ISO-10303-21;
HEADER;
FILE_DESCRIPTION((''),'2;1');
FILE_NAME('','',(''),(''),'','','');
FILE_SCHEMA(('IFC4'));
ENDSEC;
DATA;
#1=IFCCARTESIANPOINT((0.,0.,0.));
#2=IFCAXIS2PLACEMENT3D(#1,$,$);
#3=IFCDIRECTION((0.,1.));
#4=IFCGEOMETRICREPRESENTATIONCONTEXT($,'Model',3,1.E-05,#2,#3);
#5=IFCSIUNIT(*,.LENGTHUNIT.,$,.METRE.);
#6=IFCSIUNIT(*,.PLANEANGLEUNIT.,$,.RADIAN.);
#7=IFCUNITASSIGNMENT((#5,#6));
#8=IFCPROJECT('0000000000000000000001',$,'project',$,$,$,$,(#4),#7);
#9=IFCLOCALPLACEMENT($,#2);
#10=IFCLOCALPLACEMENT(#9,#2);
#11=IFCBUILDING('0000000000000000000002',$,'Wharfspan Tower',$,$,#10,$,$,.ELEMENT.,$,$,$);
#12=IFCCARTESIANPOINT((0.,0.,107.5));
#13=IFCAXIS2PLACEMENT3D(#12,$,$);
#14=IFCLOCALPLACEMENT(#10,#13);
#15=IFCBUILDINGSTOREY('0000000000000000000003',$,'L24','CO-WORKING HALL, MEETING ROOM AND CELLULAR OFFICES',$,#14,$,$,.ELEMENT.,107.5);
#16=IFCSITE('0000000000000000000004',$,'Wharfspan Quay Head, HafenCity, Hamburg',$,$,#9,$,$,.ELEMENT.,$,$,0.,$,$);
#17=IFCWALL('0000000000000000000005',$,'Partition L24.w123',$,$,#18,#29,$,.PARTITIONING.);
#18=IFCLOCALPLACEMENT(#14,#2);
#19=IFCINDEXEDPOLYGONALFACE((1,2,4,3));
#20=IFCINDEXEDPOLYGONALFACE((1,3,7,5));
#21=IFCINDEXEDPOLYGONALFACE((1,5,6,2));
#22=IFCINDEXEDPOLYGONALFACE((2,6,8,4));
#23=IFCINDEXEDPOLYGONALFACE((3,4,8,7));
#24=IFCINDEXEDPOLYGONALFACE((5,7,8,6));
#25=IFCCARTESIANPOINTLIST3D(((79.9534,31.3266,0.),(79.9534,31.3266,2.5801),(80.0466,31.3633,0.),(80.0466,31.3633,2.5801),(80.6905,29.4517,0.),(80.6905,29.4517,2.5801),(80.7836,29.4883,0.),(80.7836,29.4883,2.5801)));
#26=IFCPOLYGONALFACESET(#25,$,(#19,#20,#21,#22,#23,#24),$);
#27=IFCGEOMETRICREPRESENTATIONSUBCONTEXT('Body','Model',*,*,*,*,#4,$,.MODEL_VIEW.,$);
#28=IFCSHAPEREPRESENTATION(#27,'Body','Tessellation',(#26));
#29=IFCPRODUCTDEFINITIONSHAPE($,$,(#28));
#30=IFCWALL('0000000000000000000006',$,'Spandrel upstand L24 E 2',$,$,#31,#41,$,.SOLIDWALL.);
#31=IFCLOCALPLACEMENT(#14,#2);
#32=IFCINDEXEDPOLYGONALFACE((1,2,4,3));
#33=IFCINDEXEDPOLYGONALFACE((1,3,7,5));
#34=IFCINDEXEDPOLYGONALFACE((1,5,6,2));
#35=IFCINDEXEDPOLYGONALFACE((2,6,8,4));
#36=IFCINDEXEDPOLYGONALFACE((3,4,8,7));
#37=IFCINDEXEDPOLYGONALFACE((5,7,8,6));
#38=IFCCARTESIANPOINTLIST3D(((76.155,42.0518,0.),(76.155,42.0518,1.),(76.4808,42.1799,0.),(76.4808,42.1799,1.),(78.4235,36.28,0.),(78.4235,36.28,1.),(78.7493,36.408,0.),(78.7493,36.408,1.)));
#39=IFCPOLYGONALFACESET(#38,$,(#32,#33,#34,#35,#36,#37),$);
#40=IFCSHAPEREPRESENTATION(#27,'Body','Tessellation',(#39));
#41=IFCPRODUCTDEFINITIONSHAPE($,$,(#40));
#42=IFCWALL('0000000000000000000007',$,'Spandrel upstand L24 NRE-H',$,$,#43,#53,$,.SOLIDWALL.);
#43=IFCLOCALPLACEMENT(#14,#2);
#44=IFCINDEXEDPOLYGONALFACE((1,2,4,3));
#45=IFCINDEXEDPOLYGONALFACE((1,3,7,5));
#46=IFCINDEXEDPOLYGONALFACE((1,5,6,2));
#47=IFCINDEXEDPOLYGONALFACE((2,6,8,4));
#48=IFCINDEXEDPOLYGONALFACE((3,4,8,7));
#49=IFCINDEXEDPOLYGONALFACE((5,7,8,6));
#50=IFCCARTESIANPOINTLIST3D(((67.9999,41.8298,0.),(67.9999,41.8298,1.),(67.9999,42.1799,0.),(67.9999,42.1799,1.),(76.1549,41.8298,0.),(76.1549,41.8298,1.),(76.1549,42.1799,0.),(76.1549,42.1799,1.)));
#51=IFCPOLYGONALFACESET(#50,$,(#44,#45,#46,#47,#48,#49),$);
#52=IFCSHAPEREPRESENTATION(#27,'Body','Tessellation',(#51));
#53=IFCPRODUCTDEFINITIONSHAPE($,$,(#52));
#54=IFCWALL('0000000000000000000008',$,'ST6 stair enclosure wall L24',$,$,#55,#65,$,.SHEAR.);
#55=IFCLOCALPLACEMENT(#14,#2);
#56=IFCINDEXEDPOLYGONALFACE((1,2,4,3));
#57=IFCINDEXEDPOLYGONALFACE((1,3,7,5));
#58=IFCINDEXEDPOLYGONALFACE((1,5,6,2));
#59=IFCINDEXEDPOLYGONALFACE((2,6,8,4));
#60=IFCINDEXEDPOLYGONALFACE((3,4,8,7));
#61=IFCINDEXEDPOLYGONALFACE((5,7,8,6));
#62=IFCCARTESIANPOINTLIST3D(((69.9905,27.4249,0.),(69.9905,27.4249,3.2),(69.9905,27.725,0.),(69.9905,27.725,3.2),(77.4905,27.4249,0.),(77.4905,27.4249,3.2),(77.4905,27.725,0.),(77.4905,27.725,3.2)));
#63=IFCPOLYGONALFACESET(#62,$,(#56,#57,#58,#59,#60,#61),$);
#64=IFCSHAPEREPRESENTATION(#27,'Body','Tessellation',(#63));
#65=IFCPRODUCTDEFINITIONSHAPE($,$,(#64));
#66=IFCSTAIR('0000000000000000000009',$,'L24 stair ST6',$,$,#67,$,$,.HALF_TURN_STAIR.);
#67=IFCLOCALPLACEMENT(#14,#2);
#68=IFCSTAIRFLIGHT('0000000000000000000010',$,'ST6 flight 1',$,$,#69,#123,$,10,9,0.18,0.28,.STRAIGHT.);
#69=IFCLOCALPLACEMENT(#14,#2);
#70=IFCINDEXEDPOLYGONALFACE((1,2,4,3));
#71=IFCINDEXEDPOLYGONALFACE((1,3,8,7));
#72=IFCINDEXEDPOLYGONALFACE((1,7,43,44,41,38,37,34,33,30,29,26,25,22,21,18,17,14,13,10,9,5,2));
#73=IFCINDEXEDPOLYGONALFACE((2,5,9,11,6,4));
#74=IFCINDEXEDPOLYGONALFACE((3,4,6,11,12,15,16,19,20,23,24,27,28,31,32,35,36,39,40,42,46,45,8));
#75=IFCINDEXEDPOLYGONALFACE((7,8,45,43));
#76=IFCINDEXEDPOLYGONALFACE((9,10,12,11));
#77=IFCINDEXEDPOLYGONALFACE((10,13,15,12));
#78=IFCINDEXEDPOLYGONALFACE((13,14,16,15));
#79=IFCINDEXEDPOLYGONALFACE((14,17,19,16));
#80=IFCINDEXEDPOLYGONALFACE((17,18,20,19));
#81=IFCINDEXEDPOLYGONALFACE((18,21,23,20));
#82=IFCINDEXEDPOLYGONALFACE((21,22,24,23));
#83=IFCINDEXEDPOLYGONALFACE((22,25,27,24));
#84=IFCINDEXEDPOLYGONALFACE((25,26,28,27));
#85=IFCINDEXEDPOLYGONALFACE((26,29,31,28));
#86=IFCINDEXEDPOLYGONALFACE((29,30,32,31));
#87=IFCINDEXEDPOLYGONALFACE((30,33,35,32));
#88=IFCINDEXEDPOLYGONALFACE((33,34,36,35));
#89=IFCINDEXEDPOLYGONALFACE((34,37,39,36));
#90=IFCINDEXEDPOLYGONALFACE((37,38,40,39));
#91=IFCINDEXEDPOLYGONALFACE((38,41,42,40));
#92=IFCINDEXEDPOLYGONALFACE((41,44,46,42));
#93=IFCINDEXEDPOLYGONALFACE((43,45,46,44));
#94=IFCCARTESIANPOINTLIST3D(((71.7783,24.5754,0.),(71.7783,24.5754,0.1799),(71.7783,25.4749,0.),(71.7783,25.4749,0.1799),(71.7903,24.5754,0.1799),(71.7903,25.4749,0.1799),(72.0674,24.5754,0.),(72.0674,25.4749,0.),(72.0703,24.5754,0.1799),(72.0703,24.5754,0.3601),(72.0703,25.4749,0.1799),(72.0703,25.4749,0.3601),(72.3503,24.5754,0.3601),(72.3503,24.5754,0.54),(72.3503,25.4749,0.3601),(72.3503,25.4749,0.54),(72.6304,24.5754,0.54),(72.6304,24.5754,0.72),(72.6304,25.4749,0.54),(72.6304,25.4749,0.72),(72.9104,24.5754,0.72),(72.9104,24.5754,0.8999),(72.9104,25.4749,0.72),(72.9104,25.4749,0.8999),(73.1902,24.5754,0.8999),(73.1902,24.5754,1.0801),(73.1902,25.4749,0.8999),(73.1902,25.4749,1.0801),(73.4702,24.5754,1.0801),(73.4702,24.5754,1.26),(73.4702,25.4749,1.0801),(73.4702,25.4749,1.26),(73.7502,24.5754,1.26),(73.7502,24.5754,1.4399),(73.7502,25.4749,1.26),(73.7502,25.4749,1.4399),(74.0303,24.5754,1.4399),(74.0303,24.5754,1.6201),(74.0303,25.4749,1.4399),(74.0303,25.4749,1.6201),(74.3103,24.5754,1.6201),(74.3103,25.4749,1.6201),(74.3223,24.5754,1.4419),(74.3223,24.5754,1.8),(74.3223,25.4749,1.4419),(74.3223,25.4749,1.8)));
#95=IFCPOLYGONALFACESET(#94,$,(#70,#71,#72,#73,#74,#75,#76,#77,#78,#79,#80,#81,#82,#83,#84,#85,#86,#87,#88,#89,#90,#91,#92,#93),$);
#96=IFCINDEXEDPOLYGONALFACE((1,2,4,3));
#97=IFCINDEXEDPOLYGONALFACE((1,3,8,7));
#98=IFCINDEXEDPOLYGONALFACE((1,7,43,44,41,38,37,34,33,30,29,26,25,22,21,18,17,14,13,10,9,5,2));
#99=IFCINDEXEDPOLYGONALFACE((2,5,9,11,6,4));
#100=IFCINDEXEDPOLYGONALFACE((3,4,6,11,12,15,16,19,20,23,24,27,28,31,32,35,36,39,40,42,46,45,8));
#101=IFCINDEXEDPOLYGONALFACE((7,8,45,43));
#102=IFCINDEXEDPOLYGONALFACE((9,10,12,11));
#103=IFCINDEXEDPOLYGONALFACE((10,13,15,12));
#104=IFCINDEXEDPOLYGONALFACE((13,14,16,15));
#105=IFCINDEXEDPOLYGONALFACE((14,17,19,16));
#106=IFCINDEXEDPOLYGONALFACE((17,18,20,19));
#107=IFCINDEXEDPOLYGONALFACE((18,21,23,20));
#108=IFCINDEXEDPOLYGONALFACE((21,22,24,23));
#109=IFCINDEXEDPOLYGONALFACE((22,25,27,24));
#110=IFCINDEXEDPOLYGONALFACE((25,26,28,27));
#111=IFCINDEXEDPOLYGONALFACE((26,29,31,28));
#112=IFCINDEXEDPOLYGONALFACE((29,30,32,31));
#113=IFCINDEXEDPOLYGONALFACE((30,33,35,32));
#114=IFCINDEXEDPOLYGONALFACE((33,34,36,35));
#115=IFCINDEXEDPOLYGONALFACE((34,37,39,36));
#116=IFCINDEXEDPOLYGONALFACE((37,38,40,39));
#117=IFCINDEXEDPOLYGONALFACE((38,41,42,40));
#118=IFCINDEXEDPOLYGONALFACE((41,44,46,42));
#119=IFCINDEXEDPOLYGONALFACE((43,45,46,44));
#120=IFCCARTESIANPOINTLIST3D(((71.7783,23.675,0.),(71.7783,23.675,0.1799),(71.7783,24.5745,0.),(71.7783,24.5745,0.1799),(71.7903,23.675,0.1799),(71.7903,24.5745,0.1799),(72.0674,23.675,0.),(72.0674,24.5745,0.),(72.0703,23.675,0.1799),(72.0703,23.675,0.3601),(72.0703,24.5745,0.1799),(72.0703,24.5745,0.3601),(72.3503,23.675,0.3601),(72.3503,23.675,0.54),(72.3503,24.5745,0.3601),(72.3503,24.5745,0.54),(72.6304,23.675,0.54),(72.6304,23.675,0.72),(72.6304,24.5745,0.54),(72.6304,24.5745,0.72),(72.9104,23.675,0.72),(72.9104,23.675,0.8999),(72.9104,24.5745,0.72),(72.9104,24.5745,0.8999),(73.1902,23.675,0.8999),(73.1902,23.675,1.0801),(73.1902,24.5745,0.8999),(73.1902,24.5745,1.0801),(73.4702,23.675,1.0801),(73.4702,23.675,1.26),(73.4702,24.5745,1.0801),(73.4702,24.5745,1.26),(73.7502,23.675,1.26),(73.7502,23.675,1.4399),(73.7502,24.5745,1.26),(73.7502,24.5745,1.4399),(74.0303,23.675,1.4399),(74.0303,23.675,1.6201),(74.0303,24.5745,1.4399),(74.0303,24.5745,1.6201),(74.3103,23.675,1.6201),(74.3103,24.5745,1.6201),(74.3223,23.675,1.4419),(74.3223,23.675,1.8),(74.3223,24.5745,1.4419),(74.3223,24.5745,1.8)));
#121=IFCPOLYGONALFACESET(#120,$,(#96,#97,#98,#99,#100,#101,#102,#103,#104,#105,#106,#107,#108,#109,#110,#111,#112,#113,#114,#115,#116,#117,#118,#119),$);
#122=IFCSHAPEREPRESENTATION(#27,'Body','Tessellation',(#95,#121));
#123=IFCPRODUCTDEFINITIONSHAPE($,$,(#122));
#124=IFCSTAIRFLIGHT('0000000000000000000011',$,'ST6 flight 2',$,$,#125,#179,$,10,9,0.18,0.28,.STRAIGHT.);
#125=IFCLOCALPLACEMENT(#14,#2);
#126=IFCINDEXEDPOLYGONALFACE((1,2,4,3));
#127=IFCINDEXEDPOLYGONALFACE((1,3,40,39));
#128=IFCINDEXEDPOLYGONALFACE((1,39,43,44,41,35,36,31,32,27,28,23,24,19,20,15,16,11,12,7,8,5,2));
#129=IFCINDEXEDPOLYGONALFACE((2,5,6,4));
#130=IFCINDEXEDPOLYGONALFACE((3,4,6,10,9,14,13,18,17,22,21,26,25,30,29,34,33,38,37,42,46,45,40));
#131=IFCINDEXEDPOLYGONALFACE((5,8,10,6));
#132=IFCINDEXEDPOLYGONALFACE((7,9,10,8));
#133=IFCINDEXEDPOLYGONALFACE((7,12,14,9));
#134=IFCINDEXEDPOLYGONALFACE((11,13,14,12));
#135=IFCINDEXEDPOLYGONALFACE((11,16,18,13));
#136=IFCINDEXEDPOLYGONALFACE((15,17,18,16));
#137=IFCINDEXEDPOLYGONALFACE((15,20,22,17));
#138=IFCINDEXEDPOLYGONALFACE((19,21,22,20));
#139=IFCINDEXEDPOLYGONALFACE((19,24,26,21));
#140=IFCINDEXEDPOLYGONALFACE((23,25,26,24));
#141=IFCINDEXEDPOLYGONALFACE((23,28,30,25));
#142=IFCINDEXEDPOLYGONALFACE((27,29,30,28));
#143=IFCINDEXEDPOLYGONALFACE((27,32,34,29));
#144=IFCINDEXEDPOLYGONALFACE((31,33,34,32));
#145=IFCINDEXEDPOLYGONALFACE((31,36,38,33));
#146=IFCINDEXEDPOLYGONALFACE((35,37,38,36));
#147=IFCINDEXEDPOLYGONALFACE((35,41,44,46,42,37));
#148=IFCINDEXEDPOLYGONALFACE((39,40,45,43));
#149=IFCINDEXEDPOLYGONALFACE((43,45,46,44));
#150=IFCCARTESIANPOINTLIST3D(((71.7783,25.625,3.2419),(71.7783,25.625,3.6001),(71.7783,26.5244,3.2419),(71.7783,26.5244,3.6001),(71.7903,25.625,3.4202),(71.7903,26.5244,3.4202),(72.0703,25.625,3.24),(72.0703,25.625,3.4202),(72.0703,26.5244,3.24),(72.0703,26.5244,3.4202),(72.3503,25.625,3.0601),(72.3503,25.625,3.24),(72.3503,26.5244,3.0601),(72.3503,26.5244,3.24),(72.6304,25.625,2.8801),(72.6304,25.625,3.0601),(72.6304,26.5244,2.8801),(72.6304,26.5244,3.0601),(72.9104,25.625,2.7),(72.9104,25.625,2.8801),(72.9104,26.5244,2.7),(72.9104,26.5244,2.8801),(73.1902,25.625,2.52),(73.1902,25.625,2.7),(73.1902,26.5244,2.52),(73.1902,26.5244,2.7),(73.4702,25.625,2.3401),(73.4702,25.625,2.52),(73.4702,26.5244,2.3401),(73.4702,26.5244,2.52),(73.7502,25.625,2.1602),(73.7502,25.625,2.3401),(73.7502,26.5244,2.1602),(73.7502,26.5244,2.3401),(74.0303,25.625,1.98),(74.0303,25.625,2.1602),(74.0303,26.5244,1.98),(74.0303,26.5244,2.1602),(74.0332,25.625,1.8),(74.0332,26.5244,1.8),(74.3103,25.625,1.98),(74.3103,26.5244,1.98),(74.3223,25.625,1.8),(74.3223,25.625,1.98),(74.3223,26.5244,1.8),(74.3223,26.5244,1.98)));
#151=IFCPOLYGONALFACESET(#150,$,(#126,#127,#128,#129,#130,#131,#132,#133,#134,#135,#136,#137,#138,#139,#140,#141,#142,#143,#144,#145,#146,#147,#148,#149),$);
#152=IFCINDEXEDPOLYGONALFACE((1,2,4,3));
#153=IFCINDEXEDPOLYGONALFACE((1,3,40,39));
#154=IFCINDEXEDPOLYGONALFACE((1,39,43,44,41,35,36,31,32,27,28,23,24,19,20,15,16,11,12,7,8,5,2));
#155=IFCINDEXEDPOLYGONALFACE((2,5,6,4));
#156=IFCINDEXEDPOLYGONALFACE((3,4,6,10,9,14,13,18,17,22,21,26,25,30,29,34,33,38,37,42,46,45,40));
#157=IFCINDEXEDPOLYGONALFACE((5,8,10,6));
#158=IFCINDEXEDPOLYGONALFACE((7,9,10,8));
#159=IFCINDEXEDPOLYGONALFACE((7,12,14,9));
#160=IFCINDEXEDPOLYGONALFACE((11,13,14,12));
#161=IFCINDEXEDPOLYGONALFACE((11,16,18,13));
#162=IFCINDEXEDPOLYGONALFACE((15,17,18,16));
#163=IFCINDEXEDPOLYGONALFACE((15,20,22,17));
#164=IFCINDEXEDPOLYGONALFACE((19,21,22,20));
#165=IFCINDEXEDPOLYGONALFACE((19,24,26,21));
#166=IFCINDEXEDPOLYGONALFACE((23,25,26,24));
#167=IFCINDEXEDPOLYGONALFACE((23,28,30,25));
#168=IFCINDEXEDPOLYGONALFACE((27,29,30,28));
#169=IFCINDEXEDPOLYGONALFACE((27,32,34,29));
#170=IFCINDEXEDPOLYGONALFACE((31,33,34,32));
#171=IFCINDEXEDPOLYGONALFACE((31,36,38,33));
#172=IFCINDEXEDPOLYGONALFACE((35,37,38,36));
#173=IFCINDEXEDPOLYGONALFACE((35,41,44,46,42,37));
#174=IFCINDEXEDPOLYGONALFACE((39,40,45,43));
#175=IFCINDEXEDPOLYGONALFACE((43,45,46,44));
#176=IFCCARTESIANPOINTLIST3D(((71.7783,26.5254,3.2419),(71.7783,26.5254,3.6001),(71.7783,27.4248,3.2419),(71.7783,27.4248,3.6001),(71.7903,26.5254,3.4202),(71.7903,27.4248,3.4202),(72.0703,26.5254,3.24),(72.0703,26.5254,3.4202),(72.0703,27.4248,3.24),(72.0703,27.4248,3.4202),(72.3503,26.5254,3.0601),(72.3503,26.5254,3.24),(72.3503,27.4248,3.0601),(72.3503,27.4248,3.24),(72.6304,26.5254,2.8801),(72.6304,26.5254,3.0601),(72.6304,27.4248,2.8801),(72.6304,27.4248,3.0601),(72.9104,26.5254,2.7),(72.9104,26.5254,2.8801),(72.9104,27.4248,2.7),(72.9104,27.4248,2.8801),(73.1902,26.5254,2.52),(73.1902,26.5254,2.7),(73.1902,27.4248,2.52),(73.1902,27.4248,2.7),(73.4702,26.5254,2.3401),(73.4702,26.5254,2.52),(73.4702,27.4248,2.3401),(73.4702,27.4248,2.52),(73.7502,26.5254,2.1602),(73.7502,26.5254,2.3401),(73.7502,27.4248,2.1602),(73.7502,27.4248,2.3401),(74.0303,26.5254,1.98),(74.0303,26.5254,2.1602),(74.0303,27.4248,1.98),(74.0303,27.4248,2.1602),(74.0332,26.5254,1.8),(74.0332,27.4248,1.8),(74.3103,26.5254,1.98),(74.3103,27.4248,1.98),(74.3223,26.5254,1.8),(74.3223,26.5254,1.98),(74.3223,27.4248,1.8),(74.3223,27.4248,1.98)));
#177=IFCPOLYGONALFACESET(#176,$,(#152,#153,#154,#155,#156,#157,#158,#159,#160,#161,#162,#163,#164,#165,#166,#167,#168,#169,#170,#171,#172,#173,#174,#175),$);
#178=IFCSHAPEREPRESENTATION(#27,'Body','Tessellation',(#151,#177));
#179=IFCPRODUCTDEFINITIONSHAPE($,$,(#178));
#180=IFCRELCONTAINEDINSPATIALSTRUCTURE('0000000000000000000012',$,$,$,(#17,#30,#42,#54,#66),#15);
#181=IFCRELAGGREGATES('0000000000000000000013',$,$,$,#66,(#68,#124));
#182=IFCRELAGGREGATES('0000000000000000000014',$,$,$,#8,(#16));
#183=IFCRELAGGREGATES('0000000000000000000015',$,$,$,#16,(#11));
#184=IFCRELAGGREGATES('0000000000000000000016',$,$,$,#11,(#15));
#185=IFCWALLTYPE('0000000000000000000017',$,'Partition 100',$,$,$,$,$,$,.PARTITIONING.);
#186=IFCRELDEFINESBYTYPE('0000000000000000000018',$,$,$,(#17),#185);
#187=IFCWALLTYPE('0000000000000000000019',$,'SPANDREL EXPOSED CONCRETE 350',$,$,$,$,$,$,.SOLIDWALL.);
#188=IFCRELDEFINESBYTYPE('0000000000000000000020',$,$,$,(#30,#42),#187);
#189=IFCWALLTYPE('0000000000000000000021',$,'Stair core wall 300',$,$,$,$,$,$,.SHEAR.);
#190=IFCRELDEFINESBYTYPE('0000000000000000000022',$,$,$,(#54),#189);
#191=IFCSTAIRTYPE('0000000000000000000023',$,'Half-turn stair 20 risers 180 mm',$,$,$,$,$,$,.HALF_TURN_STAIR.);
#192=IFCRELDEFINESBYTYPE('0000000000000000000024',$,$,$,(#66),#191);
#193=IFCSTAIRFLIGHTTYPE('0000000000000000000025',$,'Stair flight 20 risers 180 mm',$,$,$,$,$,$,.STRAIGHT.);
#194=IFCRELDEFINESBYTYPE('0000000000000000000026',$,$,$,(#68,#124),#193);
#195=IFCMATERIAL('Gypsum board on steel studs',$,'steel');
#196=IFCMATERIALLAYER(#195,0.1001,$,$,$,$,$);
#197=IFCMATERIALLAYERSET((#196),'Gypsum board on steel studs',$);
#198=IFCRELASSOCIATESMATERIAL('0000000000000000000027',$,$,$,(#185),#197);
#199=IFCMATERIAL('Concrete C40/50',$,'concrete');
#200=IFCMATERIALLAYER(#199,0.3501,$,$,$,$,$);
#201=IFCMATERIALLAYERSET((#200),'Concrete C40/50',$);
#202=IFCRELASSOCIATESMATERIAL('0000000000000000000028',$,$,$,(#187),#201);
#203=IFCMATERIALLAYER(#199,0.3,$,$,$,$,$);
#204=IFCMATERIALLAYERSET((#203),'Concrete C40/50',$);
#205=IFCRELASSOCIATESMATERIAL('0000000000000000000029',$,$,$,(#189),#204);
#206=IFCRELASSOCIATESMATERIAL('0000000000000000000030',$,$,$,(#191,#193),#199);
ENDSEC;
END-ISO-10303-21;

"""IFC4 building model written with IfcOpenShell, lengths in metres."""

from ifc_helpers import new_model, si_unit, direction, frame, frame_2d, origin, place, context, subcontext, project, spatial, polyline, rectangle, outline, extrude, material, layer, layer_set, type_object, element, aggregate, save


model = new_model("IFC4")

# Units and contexts
model_context = context("Model", 3, precision=1e-05, world=origin(), true_north=direction((0.0, 1.0)))
body_context = subcontext(model_context, "Body", "Model", "MODEL_VIEW")
ifc_project = project(units=[si_unit("LENGTHUNIT", "METRE"), si_unit("PLANEANGLEUNIT", "RADIAN")], contexts=[model_context])

# Site, building, storey
site_placement = place(None, origin())
site = spatial("IfcSite", under=ifc_project, at=site_placement, Name="Wharfspan Quay Head, HafenCity, Hamburg", CompositionType="ELEMENT", RefElevation=0.0)
building_placement = place(site_placement, origin())
building = spatial("IfcBuilding", under=site, at=building_placement, Name="Wharfspan Tower", CompositionType="ELEMENT")
storey_placement = place(building_placement, frame((0.0, 0.0, 107.5)))
storey = spatial("IfcBuildingStorey", under=building, at=storey_placement, Name="L24", Description="CO-WORKING HALL, MEETING ROOM AND CELLULAR OFFICES", CompositionType="ELEMENT", Elevation=107.5)

# Walls
ifc_material_1 = material(Name="Gypsum board on steel studs", Category="steel")
ifc_layer_1 = layer(ifc_material_1, 0.1001)
ifc_layer_set_1 = layer_set([ifc_layer_1], Name="Gypsum board on steel studs")
wall_type_1 = type_object("IfcWallType", Name="Partition 100", PredefinedType="PARTITIONING", material=ifc_layer_set_1)
wall_1_placement = place(storey_placement, frame((80.7371, 29.47, 0.0), z_axis=(0.0, 0.0, 1.0), x_axis=(-0.365847, 0.930674, 0.0)))
element("IfcWall", 1, at=wall_1_placement, inside=storey, type_object=wall_type_1, Name="Partition L24.w123", PredefinedType="PARTITIONING", context=body_context, shape_type="SweptSolid", body=[
    extrude(rectangle(XDim=2.0146, YDim=0.1001, at=frame_2d((1.0073, 0.0))), origin(), (0.0, 0.0, 1.0), 2.5801),
])
ifc_material_2 = material(Name="Concrete C40/50", Category="concrete")
ifc_layer_2 = layer(ifc_material_2, 0.3501)
ifc_layer_set_2 = layer_set([ifc_layer_2], Name="Concrete C40/50")
wall_type_2 = type_object("IfcWallType", Name="SPANDREL EXPOSED CONCRETE 350", PredefinedType="SOLIDWALL", material=ifc_layer_set_2)
wall_2_placement = place(storey_placement, frame((78.5864, 36.344, 0.0), z_axis=(0.0, 0.0, 1.0), x_axis=(-0.365792, 0.930699, 0.0)))
element("IfcWall", 2, at=wall_2_placement, inside=storey, type_object=wall_type_2, Name="Spandrel upstand L24 E 2", PredefinedType="SOLIDWALL", context=body_context, shape_type="SweptSolid", body=[
    extrude(rectangle(XDim=6.2017, YDim=0.3501, at=frame_2d((3.1008, 0.0))), origin(), (0.0, 0.0, 1.0), 1.0),
])
wall_3_placement = place(storey_placement, frame((76.155, 42.0049, 0.0), z_axis=(0.0, 0.0, 1.0), x_axis=(-1.0, 0.0, 0.0)))
element("IfcWall", 3, at=wall_3_placement, inside=storey, type_object=wall_type_2, Name="Spandrel upstand L24 NRE-H", PredefinedType="SOLIDWALL", context=body_context, shape_type="SweptSolid", body=[
    extrude(rectangle(XDim=8.155, YDim=0.3501, at=frame_2d((4.0776, 0.0))), origin(), (0.0, 0.0, 1.0), 1.0),
])
ifc_layer_3 = layer(ifc_material_2, 0.3)
ifc_layer_set_3 = layer_set([ifc_layer_3], Name="Concrete C40/50")
wall_type_3 = type_object("IfcWallType", Name="Stair core wall 300", PredefinedType="SHEAR", material=ifc_layer_set_3)
wall_4_placement = place(storey_placement, frame((69.9905, 27.575, 0.0), z_axis=(0.0, 0.0, 1.0), x_axis=(1.0, 0.0, 0.0)))
element("IfcWall", 4, at=wall_4_placement, inside=storey, type_object=wall_type_3, Name="ST6 stair enclosure wall L24", PredefinedType="SHEAR", context=body_context, shape_type="SweptSolid", body=[
    extrude(rectangle(XDim=7.5, YDim=0.3, at=frame_2d((3.75, 0.0))), origin(), (0.0, 0.0, 1.0), 3.2),
])

# Stair, stair flights
stair_type = type_object("IfcStairType", Name="Half-turn stair 20 risers 180 mm", PredefinedType="HALF_TURN_STAIR", material=ifc_material_2)
stair_placement = place(storey_placement, origin())
stair = element("IfcStair", 5, at=stair_placement, inside=storey, type_object=stair_type, Name="L24 stair ST6", PredefinedType="HALF_TURN_STAIR")
stair_flight_type = type_object("IfcStairFlightType", Name="Stair flight 20 risers 180 mm", PredefinedType="STRAIGHT", material=ifc_material_2)
stair_flight_1_placement = place(storey_placement, frame((71.7903, 24.575, 0.0), z_axis=(0.0, 0.0, 1.0), x_axis=(1.0, 0.0, 0.0)))
stair_flight_1 = element("IfcStairFlight", 6, at=stair_flight_1_placement, type_object=stair_flight_type, Name="ST6 flight 1", NumberOfRisers=10, NumberOfTreads=9, PredefinedType="STRAIGHT", RiserHeight=0.18, TreadLength=0.28, context=body_context, shape_type="SweptSolid", body=[
    extrude(outline(polyline([(-0.012, 0.0), (-0.012, 0.1799), (0.0, 0.1799), (0.28, 0.1799), (0.28, 0.3601), (0.5601, 0.3601), (0.5601, 0.54), (0.8401, 0.54), (0.8401, 0.72), (1.1201, 0.72), (1.1201, 0.8999), (1.3999, 0.8999), (1.3999, 1.0801), (1.6799, 1.0801), (1.6799, 1.26), (1.96, 1.26), (1.96, 1.4399), (2.24, 1.4399), (2.24, 1.6201), (2.52, 1.6201), (2.532, 1.8), (2.532, 1.4419), (0.2771, 0.0), (-0.012, 0.0)])), frame((0.0, 0.8999, 0.0), z_axis=(0.0, -1.0, 0.0), x_axis=(1.0, 0.0, 0.0)), (0.0, 0.0, 1.0), 0.8994),
    extrude(outline(polyline([(-0.012, 0.0), (-0.012, 0.1799), (0.0, 0.1799), (0.28, 0.1799), (0.28, 0.3601), (0.5601, 0.3601), (0.5601, 0.54), (0.8401, 0.54), (0.8401, 0.72), (1.1201, 0.72), (1.1201, 0.8999), (1.3999, 0.8999), (1.3999, 1.0801), (1.6799, 1.0801), (1.6799, 1.26), (1.96, 1.26), (1.96, 1.4399), (2.24, 1.4399), (2.24, 1.6201), (2.52, 1.6201), (2.532, 1.8), (2.532, 1.4419), (0.2771, 0.0), (-0.012, 0.0)])), frame((0.0, -0.0005, 0.0), z_axis=(0.0, -1.0, 0.0), x_axis=(1.0, 0.0, 0.0)), (0.0, 0.0, 1.0), 0.8994),
])
stair_flight_2_placement = place(storey_placement, frame((74.3103, 26.5249, 1.8), z_axis=(0.0, 0.0, 1.0), x_axis=(-1.0, 0.0, 0.0)))
stair_flight_2 = element("IfcStairFlight", 7, at=stair_flight_2_placement, type_object=stair_flight_type, Name="ST6 flight 2", NumberOfRisers=10, NumberOfTreads=9, PredefinedType="STRAIGHT", RiserHeight=0.18, TreadLength=0.28, context=body_context, shape_type="SweptSolid", body=[
    extrude(outline(polyline([(-0.012, 0.0), (-0.012, 0.1799), (0.0, 0.1799), (0.28, 0.1799), (0.28, 0.3601), (0.5601, 0.3601), (0.5601, 0.54), (0.8401, 0.54), (0.8401, 0.72), (1.1201, 0.72), (1.1201, 0.8999), (1.3999, 0.8999), (1.3999, 1.0801), (1.6799, 1.0801), (1.6799, 1.26), (1.96, 1.26), (1.96, 1.4399), (2.24, 1.4399), (2.24, 1.6201), (2.52, 1.6201), (2.532, 1.8), (2.532, 1.4419), (0.2771, 0.0), (-0.012, 0.0)])), frame((0.0, 0.8999, 0.0), z_axis=(0.0, -1.0, 0.0), x_axis=(1.0, 0.0, 0.0)), (0.0, 0.0, 1.0), 0.8994),
    extrude(outline(polyline([(-0.012, 0.0), (-0.012, 0.1799), (0.0, 0.1799), (0.28, 0.1799), (0.28, 0.3601), (0.5601, 0.3601), (0.5601, 0.54), (0.8401, 0.54), (0.8401, 0.72), (1.1201, 0.72), (1.1201, 0.8999), (1.3999, 0.8999), (1.3999, 1.0801), (1.6799, 1.0801), (1.6799, 1.26), (1.96, 1.26), (1.96, 1.4399), (2.24, 1.4399), (2.24, 1.6201), (2.52, 1.6201), (2.532, 1.8), (2.532, 1.4419), (0.2771, 0.0), (-0.012, 0.0)])), frame((0.0, -0.0005, 0.0), z_axis=(0.0, -1.0, 0.0), x_axis=(1.0, 0.0, 0.0)), (0.0, 0.0, 1.0), 0.8994),
])
aggregate(stair, [stair_flight_1, stair_flight_2])

save(model, "model.ifc")
